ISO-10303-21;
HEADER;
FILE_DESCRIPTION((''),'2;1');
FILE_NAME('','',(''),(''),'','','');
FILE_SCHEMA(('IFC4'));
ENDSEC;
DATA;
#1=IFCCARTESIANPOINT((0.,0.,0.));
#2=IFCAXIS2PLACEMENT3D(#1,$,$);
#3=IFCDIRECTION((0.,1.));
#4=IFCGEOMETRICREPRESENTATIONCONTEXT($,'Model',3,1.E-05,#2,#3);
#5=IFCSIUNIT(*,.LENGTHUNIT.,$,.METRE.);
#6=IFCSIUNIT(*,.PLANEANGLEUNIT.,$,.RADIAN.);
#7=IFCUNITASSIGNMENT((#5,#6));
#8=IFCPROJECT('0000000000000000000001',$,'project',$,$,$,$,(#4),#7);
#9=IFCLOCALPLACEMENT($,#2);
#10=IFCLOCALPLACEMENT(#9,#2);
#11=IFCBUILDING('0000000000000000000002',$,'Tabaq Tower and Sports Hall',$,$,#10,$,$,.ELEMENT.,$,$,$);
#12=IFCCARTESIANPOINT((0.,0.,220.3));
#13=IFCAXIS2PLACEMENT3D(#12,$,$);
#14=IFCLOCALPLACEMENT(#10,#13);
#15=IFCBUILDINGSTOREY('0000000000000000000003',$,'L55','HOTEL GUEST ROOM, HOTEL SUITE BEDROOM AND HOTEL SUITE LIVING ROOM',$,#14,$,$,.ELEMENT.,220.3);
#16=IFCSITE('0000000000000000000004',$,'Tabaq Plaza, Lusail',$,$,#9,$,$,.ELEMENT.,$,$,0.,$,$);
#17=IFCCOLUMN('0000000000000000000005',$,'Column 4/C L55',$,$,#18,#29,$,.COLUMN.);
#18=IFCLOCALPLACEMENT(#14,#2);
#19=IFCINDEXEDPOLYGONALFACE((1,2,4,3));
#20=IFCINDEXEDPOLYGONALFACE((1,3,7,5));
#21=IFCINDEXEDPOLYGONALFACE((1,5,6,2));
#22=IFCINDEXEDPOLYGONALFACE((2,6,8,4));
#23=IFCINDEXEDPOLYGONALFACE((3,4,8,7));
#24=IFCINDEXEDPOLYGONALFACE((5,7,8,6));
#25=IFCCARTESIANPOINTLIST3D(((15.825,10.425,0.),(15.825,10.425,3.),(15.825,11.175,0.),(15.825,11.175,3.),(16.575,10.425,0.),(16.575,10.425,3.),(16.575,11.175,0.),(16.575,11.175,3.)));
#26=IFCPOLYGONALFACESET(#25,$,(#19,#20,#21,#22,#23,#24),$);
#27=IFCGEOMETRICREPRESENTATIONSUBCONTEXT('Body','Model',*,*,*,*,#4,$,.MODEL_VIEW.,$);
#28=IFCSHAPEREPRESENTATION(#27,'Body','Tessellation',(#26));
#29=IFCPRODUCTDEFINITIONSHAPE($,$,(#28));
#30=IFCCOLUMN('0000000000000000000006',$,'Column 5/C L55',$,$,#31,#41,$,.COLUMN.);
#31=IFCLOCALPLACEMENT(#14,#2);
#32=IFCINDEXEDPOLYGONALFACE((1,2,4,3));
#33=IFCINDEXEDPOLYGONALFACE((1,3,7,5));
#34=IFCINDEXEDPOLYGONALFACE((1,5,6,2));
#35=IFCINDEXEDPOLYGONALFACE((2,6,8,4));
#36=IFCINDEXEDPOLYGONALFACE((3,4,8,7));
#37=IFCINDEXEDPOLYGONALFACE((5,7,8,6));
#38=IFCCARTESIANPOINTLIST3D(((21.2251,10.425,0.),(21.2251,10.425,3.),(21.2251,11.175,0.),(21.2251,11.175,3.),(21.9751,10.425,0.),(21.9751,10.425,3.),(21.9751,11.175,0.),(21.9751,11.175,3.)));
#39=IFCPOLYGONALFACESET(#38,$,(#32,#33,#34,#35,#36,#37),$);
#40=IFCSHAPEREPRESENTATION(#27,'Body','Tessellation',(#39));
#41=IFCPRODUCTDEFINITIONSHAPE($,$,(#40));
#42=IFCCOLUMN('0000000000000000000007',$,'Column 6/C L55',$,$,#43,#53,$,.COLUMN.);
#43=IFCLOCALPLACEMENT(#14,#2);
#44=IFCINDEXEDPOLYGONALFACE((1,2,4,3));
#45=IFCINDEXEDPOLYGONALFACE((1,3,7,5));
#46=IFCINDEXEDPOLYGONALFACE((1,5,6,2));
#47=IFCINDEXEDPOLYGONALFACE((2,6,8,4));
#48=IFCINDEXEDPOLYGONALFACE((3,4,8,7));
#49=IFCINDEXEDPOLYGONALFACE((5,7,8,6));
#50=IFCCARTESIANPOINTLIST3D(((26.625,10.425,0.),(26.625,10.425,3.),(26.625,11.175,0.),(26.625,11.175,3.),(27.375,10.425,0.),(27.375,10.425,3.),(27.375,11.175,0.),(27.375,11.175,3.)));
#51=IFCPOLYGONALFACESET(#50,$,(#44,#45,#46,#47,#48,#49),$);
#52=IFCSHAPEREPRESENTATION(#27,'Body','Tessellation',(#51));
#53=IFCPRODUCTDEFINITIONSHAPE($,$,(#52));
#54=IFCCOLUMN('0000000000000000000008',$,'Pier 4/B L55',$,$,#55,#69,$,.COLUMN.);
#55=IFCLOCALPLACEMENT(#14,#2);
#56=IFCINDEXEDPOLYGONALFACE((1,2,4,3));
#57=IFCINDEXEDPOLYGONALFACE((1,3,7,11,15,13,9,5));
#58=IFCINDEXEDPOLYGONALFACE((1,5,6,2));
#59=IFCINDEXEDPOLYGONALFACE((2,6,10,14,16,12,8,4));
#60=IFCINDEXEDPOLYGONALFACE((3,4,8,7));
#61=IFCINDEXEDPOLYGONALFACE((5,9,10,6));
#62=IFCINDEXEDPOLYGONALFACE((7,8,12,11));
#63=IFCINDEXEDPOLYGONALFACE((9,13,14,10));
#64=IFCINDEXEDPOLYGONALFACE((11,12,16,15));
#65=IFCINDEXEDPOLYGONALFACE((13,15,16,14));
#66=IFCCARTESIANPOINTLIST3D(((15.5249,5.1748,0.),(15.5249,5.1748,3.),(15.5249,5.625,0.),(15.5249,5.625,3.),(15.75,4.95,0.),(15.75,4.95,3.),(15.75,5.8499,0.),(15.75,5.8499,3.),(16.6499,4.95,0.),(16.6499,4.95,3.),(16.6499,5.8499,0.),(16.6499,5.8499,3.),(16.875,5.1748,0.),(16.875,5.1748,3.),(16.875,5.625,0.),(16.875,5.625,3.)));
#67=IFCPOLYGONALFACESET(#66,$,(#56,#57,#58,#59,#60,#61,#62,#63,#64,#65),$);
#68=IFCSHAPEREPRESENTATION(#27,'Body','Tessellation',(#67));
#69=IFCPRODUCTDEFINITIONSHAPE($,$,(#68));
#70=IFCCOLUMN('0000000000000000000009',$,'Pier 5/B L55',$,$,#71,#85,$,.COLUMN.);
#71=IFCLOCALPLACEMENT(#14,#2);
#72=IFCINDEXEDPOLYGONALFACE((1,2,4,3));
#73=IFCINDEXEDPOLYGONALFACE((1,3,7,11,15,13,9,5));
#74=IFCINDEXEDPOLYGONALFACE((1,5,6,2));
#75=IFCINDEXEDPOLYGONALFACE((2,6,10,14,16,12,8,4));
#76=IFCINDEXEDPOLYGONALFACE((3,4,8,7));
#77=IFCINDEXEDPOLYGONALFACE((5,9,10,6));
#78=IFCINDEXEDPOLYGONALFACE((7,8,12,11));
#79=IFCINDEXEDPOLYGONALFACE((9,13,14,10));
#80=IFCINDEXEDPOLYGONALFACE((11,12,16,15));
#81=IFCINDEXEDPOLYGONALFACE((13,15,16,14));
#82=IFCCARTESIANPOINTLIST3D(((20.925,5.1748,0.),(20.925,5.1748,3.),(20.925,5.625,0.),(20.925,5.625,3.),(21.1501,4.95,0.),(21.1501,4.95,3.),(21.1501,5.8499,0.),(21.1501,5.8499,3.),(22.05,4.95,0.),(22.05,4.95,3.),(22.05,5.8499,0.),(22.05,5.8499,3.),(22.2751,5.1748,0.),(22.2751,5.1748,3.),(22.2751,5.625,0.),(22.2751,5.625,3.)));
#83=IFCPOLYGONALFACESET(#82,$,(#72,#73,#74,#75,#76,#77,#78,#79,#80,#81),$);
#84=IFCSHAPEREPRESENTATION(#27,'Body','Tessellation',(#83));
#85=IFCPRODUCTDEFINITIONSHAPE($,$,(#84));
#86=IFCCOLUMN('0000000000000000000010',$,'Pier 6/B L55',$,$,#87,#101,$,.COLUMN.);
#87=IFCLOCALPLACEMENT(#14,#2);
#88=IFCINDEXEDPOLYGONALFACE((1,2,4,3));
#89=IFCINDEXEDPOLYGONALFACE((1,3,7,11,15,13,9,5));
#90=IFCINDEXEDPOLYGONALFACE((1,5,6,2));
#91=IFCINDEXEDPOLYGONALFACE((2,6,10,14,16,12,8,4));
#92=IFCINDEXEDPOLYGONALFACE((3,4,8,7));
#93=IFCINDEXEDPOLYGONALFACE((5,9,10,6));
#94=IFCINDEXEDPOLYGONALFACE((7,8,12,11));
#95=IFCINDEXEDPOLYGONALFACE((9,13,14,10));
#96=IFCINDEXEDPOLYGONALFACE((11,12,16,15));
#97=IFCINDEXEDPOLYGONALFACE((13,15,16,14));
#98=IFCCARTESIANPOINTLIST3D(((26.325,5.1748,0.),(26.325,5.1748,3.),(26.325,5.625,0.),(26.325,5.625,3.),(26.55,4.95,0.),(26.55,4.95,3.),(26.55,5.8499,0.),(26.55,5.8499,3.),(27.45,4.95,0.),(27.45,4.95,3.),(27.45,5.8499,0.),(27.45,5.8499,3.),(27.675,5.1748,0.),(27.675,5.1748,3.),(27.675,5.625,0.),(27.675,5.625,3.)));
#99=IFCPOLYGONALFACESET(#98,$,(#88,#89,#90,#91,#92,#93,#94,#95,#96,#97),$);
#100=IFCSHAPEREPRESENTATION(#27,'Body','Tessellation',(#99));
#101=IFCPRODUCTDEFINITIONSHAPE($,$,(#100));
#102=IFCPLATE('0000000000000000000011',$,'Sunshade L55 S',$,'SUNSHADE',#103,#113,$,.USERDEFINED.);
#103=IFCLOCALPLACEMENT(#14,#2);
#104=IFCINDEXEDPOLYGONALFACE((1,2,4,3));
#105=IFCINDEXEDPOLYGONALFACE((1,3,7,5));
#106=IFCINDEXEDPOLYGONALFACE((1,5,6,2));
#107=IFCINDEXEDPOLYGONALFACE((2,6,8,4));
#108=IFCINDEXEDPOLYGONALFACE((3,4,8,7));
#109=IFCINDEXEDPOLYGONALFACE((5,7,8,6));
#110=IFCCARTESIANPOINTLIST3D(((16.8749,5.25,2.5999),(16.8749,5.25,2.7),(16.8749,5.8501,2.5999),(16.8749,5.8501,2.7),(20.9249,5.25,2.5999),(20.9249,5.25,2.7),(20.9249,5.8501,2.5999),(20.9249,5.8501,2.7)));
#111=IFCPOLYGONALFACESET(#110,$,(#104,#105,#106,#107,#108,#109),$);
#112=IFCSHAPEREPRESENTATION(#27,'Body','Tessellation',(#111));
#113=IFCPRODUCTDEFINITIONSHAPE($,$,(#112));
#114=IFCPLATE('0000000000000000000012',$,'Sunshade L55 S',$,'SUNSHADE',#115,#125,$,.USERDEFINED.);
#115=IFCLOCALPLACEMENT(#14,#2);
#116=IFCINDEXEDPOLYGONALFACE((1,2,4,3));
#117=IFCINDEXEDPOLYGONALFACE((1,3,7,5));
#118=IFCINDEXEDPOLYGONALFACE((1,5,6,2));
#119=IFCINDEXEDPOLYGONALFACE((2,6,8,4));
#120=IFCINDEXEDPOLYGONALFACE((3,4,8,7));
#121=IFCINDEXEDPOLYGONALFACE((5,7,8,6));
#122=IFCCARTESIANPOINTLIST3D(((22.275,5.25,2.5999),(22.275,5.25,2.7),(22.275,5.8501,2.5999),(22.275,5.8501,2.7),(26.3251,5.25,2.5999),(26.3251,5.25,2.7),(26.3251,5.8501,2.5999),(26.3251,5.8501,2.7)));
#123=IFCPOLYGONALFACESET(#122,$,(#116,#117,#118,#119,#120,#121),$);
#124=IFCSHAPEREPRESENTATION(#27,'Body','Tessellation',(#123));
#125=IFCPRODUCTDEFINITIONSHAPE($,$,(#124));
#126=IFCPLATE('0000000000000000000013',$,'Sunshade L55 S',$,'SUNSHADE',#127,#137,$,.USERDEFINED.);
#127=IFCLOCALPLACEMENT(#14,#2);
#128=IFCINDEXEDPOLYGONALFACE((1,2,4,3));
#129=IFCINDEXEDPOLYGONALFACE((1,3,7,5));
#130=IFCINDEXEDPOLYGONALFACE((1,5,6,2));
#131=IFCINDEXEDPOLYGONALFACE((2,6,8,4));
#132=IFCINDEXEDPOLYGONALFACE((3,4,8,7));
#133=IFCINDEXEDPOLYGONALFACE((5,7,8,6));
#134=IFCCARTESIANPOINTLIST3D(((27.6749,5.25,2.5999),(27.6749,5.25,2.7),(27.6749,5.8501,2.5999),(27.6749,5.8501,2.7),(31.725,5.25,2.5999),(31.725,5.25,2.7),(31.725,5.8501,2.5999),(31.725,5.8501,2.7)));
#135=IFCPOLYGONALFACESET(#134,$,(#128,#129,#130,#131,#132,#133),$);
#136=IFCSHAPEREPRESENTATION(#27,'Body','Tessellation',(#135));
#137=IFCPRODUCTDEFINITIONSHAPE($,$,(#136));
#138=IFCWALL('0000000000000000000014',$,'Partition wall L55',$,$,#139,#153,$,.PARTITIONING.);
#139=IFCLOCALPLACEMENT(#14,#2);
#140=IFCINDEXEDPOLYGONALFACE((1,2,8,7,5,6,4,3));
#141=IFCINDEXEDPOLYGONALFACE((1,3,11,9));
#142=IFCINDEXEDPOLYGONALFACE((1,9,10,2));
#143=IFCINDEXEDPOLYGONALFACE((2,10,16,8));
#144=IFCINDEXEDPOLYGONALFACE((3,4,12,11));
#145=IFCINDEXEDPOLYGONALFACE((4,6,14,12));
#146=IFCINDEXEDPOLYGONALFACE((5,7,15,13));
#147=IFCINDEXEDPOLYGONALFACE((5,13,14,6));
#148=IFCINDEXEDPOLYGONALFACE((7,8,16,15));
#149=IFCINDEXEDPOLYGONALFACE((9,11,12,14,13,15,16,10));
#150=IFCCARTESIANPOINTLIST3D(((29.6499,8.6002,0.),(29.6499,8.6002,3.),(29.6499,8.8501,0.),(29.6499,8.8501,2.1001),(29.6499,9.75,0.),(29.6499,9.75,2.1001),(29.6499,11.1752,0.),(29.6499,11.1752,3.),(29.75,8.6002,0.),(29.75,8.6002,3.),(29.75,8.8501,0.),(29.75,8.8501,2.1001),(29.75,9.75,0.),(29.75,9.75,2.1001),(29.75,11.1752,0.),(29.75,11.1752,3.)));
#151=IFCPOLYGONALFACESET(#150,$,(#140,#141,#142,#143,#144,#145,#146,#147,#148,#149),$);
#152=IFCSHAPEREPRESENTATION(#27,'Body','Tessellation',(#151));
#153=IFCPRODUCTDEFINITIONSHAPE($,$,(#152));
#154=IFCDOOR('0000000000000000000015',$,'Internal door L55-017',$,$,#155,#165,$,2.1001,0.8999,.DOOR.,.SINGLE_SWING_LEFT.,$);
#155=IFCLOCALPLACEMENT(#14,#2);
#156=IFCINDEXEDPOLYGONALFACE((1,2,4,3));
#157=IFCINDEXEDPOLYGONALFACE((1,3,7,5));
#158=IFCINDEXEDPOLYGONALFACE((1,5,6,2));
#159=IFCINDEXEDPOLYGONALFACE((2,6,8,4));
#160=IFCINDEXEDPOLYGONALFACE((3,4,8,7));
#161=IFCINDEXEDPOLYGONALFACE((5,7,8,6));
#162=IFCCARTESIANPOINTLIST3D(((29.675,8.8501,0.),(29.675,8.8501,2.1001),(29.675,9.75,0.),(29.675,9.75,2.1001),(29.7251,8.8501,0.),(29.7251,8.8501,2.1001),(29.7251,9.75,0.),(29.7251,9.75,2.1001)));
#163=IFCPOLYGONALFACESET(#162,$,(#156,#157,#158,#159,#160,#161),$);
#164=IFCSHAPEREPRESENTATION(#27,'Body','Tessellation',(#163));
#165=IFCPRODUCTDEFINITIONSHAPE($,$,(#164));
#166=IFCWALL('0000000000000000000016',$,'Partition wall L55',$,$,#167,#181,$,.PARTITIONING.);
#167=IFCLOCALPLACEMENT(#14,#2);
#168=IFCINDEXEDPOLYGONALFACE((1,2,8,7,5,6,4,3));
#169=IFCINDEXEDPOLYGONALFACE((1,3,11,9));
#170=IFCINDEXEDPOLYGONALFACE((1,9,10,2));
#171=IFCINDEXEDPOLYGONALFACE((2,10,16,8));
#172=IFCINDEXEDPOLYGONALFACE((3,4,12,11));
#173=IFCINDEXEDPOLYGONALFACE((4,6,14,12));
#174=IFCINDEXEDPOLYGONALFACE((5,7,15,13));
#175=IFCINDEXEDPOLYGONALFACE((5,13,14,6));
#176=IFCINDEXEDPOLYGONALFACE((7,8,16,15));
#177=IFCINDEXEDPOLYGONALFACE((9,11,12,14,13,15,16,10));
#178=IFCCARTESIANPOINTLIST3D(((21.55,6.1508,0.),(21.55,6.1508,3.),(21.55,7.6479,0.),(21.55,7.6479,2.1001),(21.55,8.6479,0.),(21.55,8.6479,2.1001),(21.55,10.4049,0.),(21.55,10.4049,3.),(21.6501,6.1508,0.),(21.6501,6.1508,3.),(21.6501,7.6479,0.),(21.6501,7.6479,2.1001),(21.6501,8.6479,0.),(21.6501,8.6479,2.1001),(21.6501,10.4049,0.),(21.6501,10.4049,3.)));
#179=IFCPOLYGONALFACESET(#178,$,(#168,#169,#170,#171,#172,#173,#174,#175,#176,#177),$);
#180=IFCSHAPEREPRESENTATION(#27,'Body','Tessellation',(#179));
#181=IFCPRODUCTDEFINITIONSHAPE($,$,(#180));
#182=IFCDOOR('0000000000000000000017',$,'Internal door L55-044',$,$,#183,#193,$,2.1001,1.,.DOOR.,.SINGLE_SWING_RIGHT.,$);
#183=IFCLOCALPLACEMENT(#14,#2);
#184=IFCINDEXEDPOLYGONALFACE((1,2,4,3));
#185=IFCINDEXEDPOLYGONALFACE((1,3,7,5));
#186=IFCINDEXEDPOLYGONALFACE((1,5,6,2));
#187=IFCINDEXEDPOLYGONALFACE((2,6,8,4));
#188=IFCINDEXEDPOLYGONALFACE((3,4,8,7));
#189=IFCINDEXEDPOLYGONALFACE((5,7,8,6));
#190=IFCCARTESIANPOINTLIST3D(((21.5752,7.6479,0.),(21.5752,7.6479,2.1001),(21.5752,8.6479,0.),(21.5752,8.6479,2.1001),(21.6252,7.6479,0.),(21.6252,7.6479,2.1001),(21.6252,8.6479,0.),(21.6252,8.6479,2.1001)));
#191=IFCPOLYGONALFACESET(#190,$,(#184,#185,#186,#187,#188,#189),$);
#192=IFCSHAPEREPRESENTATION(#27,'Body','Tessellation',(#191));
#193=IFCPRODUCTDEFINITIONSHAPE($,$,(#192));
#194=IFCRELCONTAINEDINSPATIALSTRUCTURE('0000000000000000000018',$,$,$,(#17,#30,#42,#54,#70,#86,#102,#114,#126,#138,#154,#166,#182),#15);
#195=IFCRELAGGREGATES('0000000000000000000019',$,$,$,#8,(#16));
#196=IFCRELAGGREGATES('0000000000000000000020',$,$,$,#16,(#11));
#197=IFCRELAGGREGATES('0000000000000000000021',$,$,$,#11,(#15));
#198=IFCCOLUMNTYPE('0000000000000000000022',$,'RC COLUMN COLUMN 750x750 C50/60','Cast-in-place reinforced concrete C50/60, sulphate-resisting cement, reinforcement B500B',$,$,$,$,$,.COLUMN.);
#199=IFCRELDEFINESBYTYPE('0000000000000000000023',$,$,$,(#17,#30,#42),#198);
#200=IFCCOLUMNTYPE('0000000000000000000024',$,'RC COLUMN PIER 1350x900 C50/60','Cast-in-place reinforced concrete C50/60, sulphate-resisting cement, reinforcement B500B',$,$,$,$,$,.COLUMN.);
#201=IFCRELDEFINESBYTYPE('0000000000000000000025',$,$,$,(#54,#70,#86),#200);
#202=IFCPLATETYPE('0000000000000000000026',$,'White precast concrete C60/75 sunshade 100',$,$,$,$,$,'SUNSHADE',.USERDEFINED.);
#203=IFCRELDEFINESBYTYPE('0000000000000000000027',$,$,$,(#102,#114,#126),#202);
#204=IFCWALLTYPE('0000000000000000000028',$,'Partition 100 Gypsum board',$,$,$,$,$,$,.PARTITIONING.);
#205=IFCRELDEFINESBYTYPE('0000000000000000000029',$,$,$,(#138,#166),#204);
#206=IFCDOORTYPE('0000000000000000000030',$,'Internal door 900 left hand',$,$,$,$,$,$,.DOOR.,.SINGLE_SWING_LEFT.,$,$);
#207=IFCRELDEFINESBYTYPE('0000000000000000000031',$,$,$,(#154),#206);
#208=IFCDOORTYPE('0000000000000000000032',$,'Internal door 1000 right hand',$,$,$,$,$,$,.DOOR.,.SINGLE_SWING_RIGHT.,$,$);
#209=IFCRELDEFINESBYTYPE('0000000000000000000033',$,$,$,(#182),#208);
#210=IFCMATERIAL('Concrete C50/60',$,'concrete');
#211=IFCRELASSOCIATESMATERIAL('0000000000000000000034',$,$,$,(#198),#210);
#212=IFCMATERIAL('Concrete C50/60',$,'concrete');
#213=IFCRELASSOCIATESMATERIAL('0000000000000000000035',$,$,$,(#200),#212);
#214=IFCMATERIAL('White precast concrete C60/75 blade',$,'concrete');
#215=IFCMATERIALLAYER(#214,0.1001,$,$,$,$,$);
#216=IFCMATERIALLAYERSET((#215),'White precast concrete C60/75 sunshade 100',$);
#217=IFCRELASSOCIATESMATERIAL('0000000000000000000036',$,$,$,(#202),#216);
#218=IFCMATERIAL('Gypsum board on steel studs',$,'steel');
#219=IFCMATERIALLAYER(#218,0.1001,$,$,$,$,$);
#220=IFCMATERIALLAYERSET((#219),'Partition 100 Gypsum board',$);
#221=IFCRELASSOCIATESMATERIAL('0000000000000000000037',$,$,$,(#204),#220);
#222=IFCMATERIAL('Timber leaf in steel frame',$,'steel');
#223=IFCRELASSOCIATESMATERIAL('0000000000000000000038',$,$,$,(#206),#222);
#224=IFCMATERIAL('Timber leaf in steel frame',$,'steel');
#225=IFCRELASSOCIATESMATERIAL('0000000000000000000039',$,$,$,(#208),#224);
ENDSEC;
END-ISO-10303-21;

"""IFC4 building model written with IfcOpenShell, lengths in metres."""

from ifc_helpers import new_model, si_unit, direction, frame, frame_2d, origin, origin_2d, place, context, subcontext, project, spatial, polyline, rectangle, outline, extrude, material, layer, layer_set, material_profile, profile_set, type_object, element, fill, save


model = new_model("IFC4")

# Units and contexts
model_context = context("Model", 3, precision=1e-05, world=origin(), true_north=direction((0.0, 1.0)))
body_context = subcontext(model_context, "Body", "Model", "MODEL_VIEW")
ifc_project = project(units=[si_unit("LENGTHUNIT", "METRE"), si_unit("PLANEANGLEUNIT", "RADIAN")], contexts=[model_context])

# Site, building, storey
site_placement = place(None, origin())
site = spatial("IfcSite", under=ifc_project, at=site_placement, Name="Tabaq Plaza, Lusail", CompositionType="ELEMENT", RefElevation=0.0)
building_placement = place(site_placement, origin())
building = spatial("IfcBuilding", under=site, at=building_placement, Name="Tabaq Tower and Sports Hall", CompositionType="ELEMENT")
storey_placement = place(building_placement, frame((0.0, 0.0, 220.3)))
storey = spatial("IfcBuildingStorey", under=building, at=storey_placement, Name="L55", Description="HOTEL GUEST ROOM, HOTEL SUITE BEDROOM AND HOTEL SUITE LIVING ROOM", CompositionType="ELEMENT", Elevation=220.3)

# Columns
ifc_material_1 = material(Name="Concrete C50/60", Category="concrete")
ifc_material_profile_1 = material_profile(ifc_material_1, rectangle(XDim=0.75, YDim=0.75, at=origin_2d()), Name="COLUMN 750x750")
ifc_profile_set_1 = profile_set([ifc_material_profile_1], Name="Concrete C50/60")
column_type_1 = type_object("IfcColumnType", Name="RC COLUMN COLUMN 750x750 C50/60", Description="Cast-in-place reinforced concrete C50/60, sulphate-resisting cement, reinforcement B500B", PredefinedType="COLUMN", material=ifc_profile_set_1)
for number, where, z_axis, x_axis, name in (
    (1, (16.2, 10.8, 0.0), (0.0, 0.0, 1.0), (1.0, 0.0, 0.0), "Column 4/C L55"),
    (2, (21.6001, 10.8, 0.0), (0.0, 0.0, 1.0), (1.0, 0.0, 0.0), "Column 5/C L55"),
    (3, (27.0, 10.8, 0.0), (0.0, 0.0, 1.0), (1.0, 0.0, 0.0), "Column 6/C L55"),
):
    element("IfcColumn", number, at=place(storey_placement, frame(where, z_axis=z_axis, x_axis=x_axis)), inside=storey, type_object=column_type_1, Name=name, PredefinedType="COLUMN", context=body_context, shape_type="SweptSolid", body=[
        extrude(rectangle(XDim=0.75, YDim=0.75, at=origin_2d()), origin(), (0.0, 0.0, 1.0), 3.0),
    ])
ifc_material_2 = material(Name="Concrete C50/60", Category="concrete")
ifc_material_profile_2 = material_profile(ifc_material_2, outline(polyline([(-0.45, -0.45), (0.45, -0.45), (0.675, -0.2251), (0.675, 0.2251), (0.45, 0.45), (-0.45, 0.45), (-0.675, 0.2251), (-0.675, -0.2251), (-0.45, -0.45)])), Name="PIER 1350x900")
ifc_profile_set_2 = profile_set([ifc_material_profile_2], Name="Concrete C50/60")
column_type_2 = type_object("IfcColumnType", Name="RC COLUMN PIER 1350x900 C50/60", Description="Cast-in-place reinforced concrete C50/60, sulphate-resisting cement, reinforcement B500B", PredefinedType="COLUMN", material=ifc_profile_set_2)
for number, where, z_axis, x_axis, name in (
    (4, (16.2, 5.3999, 0.0), (0.0, 0.0, 1.0), (1.0, 0.0, 0.0), "Pier 4/B L55"),
    (5, (21.6001, 5.3999, 0.0), (0.0, 0.0, 1.0), (1.0, 0.0, 0.0), "Pier 5/B L55"),
    (6, (27.0, 5.3999, 0.0), (0.0, 0.0, 1.0), (1.0, 0.0, 0.0), "Pier 6/B L55"),
):
    element("IfcColumn", number, at=place(storey_placement, frame(where, z_axis=z_axis, x_axis=x_axis)), inside=storey, type_object=column_type_2, Name=name, PredefinedType="COLUMN", context=body_context, shape_type="SweptSolid", body=[
        extrude(outline(polyline([(-0.45, -0.45), (0.45, -0.45), (0.675, -0.2251), (0.675, 0.2251), (0.45, 0.45), (-0.45, 0.45), (-0.675, 0.2251), (-0.675, -0.2251), (-0.45, -0.45)])), origin(), (0.0, 0.0, 1.0), 3.0),
    ])

# Plates
ifc_material_3 = material(Name="White precast concrete C60/75 blade", Category="concrete")
ifc_layer_1 = layer(ifc_material_3, 0.1001)
ifc_layer_set_1 = layer_set([ifc_layer_1], Name="White precast concrete C60/75 sunshade 100")
plate_type = type_object("IfcPlateType", Name="White precast concrete C60/75 sunshade 100", ElementType="SUNSHADE", PredefinedType="USERDEFINED", material=ifc_layer_set_1)
for number, where, z_axis, x_axis, name in (
    (7, (18.8999, 5.55, 2.5999), (0.0, 0.0, 1.0), (1.0, 0.0, 0.0), "Sunshade L55 S"),
    (8, (24.3, 5.55, 2.5999), (0.0, 0.0, 1.0), (1.0, 0.0, 0.0), "Sunshade L55 S"),
    (9, (29.7, 5.55, 2.5999), (0.0, 0.0, 1.0), (1.0, 0.0, 0.0), "Sunshade L55 S"),
):
    element("IfcPlate", number, at=place(storey_placement, frame(where, z_axis=z_axis, x_axis=x_axis)), inside=storey, type_object=plate_type, Name=name, ObjectType="SUNSHADE", PredefinedType="USERDEFINED", context=body_context, shape_type="SweptSolid", body=[
        extrude(rectangle(XDim=4.05, YDim=0.6001, at=origin_2d()), origin(), (0.0, 0.0, 1.0), 0.1001),
    ])

# Walls, openings, doors
ifc_material_4 = material(Name="Gypsum board on steel studs", Category="steel")
ifc_layer_2 = layer(ifc_material_4, 0.1001)
ifc_layer_set_2 = layer_set([ifc_layer_2], Name="Partition 100 Gypsum board")
wall_type_1 = type_object("IfcWallType", Name="Partition 100 Gypsum board", PredefinedType="PARTITIONING", material=ifc_layer_set_2)
wall_1_placement = place(storey_placement, frame((29.7, 8.6001, 0.0), z_axis=(0.0, 0.0, 1.0), x_axis=(0.0, 1.0, 0.0)))
wall_1 = element("IfcWall", 10, at=wall_1_placement, inside=storey, type_object=wall_type_1, Name="Partition wall L55", PredefinedType="PARTITIONING", context=body_context, shape_type="SweptSolid", body=[
    extrude(rectangle(XDim=2.575, YDim=0.1001, at=frame_2d((1.2876, 0.0))), origin(), (0.0, 0.0, 1.0), 3.0),
])
opening_1_placement = place(wall_1_placement, frame((0.25, 0.0, 0.0)))
opening_1 = element("IfcOpeningElement", 11, at=opening_1_placement, cuts=wall_1, PredefinedType="OPENING", context=body_context, shape_type="SweptSolid", body=[
    extrude(rectangle(XDim=0.8999, YDim=2.1001, at=frame_2d((0.45, 1.05))), frame((0.0, 0.05, 0.0), z_axis=(0.0, -1.0, 0.0), x_axis=(1.0, 0.0, 0.0)), (0.0, 0.0, 1.0), 0.1001),
])
ifc_material_5 = material(Name="Timber leaf in steel frame", Category="steel")
door_type_1 = type_object("IfcDoorType", Name="Internal door 900 left hand", OperationType="SINGLE_SWING_LEFT", PredefinedType="DOOR", material=ifc_material_5)
door_1_placement = place(opening_1_placement, origin())
door_1 = element("IfcDoor", 12, at=door_1_placement, inside=storey, type_object=door_type_1, Name="Internal door L55-017", OperationType="SINGLE_SWING_LEFT", OverallHeight=2.1001, OverallWidth=0.8999, PredefinedType="DOOR", context=body_context, shape_type="SweptSolid", body=[
    extrude(rectangle(XDim=0.8999, YDim=2.1001, at=frame_2d((0.45, 1.05))), frame((0.0, 0.0249, 0.0), z_axis=(0.0, -1.0, 0.0), x_axis=(1.0, 0.0, 0.0)), (0.0, 0.0, 1.0), 0.05),
])
fill(opening_1, door_1)
wall_2_placement = place(storey_placement, frame((21.6001, 6.1509, 0.0), z_axis=(0.0, 0.0, 1.0), x_axis=(0.0, 1.0, 0.0)))
wall_2 = element("IfcWall", 13, at=wall_2_placement, inside=storey, type_object=wall_type_1, Name="Partition wall L55", PredefinedType="PARTITIONING", context=body_context, shape_type="SweptSolid", body=[
    extrude(rectangle(XDim=4.2542, YDim=0.1001, at=frame_2d((2.127, 0.0))), origin(), (0.0, 0.0, 1.0), 3.0),
])
opening_2_placement = place(wall_2_placement, frame((1.4971, 0.0, 0.0)))
opening_2 = element("IfcOpeningElement", 14, at=opening_2_placement, cuts=wall_2, PredefinedType="OPENING", context=body_context, shape_type="SweptSolid", body=[
    extrude(rectangle(XDim=1.0, YDim=2.1001, at=frame_2d((0.5, 1.05))), frame((0.0, 0.05, 0.0), z_axis=(0.0, -1.0, 0.0), x_axis=(1.0, 0.0, 0.0)), (0.0, 0.0, 1.0), 0.1001),
])
ifc_material_6 = material(Name="Timber leaf in steel frame", Category="steel")
door_type_2 = type_object("IfcDoorType", Name="Internal door 1000 right hand", OperationType="SINGLE_SWING_RIGHT", PredefinedType="DOOR", material=ifc_material_6)
door_2_placement = place(opening_2_placement, origin())
door_2 = element("IfcDoor", 15, at=door_2_placement, inside=storey, type_object=door_type_2, Name="Internal door L55-044", OperationType="SINGLE_SWING_RIGHT", OverallHeight=2.1001, OverallWidth=1.0, PredefinedType="DOOR", context=body_context, shape_type="SweptSolid", body=[
    extrude(rectangle(XDim=1.0, YDim=2.1001, at=frame_2d((0.5, 1.05))), frame((0.0, 0.0249, 0.0), z_axis=(0.0, -1.0, 0.0), x_axis=(1.0, 0.0, 0.0)), (0.0, 0.0, 1.0), 0.05),
])
fill(opening_2, door_2)

save(model, "model.ifc")
